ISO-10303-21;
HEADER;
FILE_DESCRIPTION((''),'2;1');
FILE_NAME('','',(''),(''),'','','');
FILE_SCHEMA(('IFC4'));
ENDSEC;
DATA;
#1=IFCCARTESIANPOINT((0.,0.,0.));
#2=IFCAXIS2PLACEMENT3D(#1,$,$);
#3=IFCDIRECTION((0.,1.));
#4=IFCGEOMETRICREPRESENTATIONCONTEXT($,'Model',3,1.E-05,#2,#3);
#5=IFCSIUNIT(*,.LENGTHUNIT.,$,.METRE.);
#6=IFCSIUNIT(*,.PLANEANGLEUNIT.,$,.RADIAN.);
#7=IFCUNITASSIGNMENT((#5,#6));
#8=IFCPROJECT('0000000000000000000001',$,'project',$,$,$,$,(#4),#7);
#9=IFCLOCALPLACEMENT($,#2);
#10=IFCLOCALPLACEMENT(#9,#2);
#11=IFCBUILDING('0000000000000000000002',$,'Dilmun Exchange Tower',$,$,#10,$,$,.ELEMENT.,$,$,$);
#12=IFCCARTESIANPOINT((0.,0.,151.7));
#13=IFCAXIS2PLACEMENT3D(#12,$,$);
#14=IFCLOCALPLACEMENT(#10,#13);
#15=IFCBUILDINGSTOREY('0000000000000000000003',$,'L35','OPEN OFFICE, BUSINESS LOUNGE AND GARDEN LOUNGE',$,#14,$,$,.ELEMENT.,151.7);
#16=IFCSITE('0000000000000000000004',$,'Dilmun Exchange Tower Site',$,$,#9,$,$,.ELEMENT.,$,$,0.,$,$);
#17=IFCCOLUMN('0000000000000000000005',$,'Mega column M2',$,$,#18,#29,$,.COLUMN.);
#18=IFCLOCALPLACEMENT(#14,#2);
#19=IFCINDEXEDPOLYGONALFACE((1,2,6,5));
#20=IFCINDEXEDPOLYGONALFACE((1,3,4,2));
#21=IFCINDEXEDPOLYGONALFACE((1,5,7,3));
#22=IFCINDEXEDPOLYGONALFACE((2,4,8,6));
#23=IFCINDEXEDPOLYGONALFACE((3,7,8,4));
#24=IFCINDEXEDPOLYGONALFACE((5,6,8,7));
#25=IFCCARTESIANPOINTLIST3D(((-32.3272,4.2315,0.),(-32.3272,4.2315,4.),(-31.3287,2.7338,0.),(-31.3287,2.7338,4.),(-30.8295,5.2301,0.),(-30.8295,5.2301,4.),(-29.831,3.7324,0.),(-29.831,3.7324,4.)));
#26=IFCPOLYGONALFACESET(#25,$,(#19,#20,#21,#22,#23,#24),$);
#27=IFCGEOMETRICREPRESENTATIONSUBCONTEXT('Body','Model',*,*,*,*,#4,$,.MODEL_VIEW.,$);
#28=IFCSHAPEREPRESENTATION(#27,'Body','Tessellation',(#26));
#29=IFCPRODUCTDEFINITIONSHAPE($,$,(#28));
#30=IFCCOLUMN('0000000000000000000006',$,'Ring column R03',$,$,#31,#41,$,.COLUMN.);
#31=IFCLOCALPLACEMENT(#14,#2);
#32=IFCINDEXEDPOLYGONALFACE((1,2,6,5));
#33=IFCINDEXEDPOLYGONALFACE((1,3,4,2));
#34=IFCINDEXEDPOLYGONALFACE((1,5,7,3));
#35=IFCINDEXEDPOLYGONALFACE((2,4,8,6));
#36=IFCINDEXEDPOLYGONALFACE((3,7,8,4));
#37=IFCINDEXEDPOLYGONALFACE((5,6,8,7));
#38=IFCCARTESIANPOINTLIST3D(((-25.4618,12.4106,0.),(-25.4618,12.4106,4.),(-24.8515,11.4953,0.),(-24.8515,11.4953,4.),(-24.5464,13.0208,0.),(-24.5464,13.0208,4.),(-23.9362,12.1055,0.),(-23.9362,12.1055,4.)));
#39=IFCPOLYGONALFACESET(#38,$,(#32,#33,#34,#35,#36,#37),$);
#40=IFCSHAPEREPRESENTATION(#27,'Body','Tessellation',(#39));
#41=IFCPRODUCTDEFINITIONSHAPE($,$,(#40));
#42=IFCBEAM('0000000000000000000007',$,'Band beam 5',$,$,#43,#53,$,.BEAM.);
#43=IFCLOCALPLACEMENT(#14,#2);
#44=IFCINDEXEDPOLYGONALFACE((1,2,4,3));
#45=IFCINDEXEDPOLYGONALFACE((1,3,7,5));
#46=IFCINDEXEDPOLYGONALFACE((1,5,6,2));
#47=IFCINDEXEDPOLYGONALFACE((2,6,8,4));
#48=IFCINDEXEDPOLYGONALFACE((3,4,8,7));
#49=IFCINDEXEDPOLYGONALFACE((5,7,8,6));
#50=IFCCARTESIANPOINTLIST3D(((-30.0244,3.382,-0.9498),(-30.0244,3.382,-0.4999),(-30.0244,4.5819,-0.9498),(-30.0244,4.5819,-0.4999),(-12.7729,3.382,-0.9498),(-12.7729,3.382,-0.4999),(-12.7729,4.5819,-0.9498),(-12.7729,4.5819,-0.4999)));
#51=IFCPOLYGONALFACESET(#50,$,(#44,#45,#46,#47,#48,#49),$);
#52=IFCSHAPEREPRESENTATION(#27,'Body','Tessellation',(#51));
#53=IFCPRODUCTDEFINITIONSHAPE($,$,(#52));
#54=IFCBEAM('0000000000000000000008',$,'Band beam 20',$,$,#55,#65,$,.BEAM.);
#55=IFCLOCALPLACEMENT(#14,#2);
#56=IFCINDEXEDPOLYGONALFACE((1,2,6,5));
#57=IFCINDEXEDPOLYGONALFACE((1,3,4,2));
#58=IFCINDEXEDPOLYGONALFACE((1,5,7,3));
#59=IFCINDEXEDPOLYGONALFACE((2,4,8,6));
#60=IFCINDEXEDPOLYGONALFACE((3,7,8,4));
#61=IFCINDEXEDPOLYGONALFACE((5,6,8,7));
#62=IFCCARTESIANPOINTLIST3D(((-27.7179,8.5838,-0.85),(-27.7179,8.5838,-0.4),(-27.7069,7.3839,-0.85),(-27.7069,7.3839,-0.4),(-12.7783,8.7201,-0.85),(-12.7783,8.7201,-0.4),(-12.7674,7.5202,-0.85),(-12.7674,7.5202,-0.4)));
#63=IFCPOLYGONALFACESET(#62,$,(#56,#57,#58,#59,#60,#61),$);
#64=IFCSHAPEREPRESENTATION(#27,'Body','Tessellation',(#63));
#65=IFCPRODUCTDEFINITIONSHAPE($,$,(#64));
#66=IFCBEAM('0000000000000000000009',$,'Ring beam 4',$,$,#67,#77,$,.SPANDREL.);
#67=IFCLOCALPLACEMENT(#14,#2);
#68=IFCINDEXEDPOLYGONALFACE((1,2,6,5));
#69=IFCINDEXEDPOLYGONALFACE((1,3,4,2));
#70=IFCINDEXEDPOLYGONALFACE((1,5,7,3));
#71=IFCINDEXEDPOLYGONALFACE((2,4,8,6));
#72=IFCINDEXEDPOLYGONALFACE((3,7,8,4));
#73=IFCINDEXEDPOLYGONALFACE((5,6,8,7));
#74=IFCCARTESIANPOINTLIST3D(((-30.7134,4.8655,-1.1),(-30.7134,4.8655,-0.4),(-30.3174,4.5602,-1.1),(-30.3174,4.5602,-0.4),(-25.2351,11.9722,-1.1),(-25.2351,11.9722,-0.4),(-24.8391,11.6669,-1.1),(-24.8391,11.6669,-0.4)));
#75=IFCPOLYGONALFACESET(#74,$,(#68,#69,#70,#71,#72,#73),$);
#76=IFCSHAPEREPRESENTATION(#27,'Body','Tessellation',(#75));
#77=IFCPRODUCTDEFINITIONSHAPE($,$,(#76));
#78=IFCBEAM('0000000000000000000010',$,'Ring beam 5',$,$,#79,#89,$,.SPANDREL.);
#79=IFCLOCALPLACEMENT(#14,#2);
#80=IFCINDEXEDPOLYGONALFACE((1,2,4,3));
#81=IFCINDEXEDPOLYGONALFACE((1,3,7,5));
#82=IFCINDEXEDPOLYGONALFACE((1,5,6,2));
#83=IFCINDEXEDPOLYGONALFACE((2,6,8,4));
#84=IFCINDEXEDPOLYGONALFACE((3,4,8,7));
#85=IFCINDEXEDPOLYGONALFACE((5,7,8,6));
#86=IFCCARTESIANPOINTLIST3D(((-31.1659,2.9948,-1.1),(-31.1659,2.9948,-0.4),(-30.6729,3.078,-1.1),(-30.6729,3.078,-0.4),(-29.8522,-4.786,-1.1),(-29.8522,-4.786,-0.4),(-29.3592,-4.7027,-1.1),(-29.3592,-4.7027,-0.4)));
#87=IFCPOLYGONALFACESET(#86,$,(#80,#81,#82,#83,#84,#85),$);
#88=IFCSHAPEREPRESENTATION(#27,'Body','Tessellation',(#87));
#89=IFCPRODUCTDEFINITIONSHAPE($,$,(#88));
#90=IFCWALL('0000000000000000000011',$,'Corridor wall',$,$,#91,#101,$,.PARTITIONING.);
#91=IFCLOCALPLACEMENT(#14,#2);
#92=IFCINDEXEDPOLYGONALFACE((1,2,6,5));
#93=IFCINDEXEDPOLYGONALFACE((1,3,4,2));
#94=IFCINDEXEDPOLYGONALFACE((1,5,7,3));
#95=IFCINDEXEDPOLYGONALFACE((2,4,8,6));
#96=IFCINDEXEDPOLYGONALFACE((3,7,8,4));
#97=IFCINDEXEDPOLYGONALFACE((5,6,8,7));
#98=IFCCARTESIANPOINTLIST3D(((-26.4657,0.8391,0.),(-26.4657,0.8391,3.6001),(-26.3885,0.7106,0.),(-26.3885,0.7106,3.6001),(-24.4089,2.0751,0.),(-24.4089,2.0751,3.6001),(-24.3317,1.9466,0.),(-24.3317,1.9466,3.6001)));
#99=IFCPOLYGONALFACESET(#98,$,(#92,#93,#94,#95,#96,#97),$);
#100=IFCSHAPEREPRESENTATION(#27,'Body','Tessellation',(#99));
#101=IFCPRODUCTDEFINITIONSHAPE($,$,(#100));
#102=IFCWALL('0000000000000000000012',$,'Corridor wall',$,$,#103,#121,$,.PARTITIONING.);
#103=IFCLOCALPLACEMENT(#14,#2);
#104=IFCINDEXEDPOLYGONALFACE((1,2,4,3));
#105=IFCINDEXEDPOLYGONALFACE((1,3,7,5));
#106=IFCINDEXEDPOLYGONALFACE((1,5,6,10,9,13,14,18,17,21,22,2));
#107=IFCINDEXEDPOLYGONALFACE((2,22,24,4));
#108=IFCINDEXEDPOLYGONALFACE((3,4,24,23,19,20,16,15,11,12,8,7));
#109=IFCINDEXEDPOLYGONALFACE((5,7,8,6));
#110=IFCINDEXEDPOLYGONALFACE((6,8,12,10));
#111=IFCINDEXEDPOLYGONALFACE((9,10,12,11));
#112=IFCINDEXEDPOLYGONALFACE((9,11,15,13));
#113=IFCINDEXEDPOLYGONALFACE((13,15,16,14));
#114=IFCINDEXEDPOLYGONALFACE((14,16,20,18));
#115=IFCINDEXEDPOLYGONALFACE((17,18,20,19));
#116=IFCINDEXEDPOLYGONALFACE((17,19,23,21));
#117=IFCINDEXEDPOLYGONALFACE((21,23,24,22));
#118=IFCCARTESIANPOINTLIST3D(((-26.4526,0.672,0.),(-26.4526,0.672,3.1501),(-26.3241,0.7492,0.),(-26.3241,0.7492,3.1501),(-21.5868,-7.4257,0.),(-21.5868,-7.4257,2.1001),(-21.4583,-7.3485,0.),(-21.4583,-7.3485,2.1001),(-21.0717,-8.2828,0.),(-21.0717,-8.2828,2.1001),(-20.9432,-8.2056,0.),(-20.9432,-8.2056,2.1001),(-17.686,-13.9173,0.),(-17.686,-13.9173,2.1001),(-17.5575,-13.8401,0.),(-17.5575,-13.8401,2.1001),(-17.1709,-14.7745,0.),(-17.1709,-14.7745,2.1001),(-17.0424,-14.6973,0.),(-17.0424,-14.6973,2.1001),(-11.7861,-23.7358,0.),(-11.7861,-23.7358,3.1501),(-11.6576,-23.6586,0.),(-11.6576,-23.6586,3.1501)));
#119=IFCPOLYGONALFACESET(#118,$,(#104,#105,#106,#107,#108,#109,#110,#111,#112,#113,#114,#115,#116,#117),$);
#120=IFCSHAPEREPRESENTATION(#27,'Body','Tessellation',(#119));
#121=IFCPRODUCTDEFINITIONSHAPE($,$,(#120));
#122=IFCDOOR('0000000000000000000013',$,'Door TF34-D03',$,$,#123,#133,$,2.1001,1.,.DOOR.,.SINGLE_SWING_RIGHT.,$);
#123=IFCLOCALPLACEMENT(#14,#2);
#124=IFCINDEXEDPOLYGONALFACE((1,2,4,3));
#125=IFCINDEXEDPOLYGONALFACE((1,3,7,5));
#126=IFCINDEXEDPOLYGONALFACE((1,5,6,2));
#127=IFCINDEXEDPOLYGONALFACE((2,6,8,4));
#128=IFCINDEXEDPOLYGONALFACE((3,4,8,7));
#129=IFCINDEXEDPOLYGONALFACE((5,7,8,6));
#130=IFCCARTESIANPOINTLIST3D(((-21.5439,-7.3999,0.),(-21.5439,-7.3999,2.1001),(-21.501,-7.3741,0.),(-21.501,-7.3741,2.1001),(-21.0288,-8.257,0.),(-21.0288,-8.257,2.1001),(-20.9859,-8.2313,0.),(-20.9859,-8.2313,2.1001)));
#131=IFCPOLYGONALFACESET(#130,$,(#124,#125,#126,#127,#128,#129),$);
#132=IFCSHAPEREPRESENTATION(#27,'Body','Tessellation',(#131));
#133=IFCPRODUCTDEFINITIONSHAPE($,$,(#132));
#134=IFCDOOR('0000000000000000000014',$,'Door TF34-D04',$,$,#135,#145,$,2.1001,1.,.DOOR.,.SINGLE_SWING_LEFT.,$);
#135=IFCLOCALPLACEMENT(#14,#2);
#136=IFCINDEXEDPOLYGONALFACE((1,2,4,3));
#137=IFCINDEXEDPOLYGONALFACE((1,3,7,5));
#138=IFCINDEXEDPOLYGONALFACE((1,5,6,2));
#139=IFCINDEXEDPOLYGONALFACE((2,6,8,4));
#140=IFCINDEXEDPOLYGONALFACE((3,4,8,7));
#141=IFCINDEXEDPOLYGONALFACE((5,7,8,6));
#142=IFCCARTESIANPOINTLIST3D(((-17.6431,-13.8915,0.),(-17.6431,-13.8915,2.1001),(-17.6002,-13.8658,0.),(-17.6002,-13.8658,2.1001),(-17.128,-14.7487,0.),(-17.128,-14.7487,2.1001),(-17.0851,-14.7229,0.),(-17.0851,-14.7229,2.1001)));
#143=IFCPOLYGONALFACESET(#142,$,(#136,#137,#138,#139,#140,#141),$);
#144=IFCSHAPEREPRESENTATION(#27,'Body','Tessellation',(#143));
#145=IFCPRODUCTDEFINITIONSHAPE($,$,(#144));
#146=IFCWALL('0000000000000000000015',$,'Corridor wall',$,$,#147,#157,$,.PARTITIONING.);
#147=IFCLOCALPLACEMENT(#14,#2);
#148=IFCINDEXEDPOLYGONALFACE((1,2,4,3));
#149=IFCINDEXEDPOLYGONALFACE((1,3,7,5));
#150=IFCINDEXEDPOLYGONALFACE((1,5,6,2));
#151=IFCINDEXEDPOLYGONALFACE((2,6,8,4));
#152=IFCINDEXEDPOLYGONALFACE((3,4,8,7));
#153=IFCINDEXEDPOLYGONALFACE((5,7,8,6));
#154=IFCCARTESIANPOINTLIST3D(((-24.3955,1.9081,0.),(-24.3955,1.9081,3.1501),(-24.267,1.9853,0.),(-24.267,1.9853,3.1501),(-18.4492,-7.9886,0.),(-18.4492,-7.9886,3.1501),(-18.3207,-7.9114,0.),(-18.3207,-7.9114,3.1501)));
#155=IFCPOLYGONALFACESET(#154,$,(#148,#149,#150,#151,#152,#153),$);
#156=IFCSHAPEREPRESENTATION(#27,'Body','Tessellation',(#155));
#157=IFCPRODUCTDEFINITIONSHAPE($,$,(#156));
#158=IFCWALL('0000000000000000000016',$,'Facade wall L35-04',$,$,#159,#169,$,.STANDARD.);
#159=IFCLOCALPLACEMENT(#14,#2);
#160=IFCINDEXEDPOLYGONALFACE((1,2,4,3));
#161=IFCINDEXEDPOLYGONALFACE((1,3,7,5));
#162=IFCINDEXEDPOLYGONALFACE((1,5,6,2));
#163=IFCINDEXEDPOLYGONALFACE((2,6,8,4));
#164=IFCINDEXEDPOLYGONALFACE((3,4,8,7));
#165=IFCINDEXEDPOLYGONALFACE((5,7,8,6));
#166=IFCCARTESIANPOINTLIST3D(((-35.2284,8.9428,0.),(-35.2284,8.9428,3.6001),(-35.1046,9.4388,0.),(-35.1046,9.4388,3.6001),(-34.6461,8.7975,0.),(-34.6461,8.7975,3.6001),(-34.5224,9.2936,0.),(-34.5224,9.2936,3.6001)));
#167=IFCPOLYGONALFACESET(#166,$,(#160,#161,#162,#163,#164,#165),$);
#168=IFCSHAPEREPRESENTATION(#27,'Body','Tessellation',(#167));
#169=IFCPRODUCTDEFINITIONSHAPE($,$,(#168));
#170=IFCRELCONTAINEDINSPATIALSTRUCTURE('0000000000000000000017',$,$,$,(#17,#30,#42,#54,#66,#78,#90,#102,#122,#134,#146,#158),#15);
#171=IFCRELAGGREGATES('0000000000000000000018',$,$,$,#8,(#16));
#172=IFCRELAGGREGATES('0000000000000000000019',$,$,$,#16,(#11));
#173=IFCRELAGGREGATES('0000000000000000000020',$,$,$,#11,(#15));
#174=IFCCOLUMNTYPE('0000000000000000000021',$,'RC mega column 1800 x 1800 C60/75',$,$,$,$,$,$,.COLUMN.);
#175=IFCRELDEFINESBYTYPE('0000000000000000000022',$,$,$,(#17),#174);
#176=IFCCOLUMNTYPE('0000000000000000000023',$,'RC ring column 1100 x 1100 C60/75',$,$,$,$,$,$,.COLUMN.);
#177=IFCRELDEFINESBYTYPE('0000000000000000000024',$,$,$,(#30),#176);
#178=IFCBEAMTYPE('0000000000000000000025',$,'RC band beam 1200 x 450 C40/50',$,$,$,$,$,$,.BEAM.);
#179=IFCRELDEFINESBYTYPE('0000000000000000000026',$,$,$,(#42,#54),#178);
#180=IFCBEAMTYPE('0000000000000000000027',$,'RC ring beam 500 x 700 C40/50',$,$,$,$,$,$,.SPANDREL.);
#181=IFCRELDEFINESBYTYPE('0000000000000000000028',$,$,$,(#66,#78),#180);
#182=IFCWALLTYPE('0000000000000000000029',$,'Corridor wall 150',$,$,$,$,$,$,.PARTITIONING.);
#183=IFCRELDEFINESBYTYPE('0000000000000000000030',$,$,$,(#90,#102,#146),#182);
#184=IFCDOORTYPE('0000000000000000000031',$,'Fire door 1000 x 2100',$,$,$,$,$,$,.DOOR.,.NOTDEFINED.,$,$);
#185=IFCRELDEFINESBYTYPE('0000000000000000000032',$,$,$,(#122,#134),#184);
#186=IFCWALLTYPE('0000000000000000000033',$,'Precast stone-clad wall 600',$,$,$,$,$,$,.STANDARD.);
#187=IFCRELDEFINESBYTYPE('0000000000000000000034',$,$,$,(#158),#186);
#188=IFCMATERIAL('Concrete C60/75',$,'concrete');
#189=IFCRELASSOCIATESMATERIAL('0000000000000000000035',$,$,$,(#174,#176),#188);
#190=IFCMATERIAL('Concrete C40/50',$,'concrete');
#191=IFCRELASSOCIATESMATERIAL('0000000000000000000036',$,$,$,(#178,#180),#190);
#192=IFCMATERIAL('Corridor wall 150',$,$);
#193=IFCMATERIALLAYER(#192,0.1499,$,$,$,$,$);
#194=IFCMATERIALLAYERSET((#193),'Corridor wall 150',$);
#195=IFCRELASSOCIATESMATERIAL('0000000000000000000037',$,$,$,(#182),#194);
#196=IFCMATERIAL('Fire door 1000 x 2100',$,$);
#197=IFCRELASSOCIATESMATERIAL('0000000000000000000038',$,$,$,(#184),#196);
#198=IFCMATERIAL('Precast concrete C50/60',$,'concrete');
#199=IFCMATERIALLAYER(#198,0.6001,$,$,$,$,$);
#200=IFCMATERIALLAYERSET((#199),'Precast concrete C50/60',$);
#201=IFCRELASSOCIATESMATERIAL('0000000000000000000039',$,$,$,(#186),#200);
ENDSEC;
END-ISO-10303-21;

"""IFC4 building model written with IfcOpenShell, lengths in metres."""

from ifc_helpers import new_model, si_unit, direction, frame, frame_2d, origin, origin_2d, place, context, subcontext, project, spatial, rectangle, extrude, material, layer, layer_set, material_profile, profile_set, type_object, element, fill, save


model = new_model("IFC4")

# Units and contexts
model_context = context("Model", 3, precision=1e-05, world=origin(), true_north=direction((0.0, 1.0)))
body_context = subcontext(model_context, "Body", "Model", "MODEL_VIEW")
ifc_project = project(units=[si_unit("LENGTHUNIT", "METRE"), si_unit("PLANEANGLEUNIT", "RADIAN")], contexts=[model_context])

# Site, building, storey
site_placement = place(None, origin())
site = spatial("IfcSite", under=ifc_project, at=site_placement, Name="Dilmun Exchange Tower Site", CompositionType="ELEMENT", RefElevation=0.0)
building_placement = place(site_placement, origin())
building = spatial("IfcBuilding", under=site, at=building_placement, Name="Dilmun Exchange Tower", CompositionType="ELEMENT")
storey_placement = place(building_placement, frame((0.0, 0.0, 151.7)))
storey = spatial("IfcBuildingStorey", under=building, at=storey_placement, Name="L35", Description="OPEN OFFICE, BUSINESS LOUNGE AND GARDEN LOUNGE", CompositionType="ELEMENT", Elevation=151.7)

# Columns
ifc_material_1 = material(Name="Concrete C60/75", Category="concrete")
ifc_material_profile_1 = material_profile(ifc_material_1, rectangle(XDim=1.8, YDim=1.8, at=origin_2d()), Name="1800 x 1800")
ifc_profile_set_1 = profile_set([ifc_material_profile_1], Name="Concrete C60/75")
column_type_1 = type_object("IfcColumnType", Name="RC mega column 1800 x 1800 C60/75", PredefinedType="COLUMN", material=ifc_profile_set_1)
column_1_placement = place(storey_placement, frame((-31.0791, 3.9819, 0.0), z_axis=(0.0, 0.0, 1.0), x_axis=(0.832029, 0.554733, 0.0)))
element("IfcColumn", 1, at=column_1_placement, inside=storey, type_object=column_type_1, Name="Mega column M2", PredefinedType="COLUMN", context=body_context, shape_type="SweptSolid", body=[
    extrude(rectangle(XDim=1.8, YDim=1.8, at=origin_2d()), origin(), (0.0, 0.0, 1.0), 4.0),
])
ifc_material_profile_2 = material_profile(ifc_material_1, rectangle(XDim=1.1001, YDim=1.1001, at=origin_2d()), Name="1100 x 1100")
ifc_profile_set_2 = profile_set([ifc_material_profile_2], Name="Concrete C60/75")
column_type_2 = type_object("IfcColumnType", Name="RC ring column 1100 x 1100 C60/75", PredefinedType="COLUMN", material=ifc_profile_set_2)
column_2_placement = place(storey_placement, frame((-24.699, 12.2581, 0.0), z_axis=(0.0, 0.0, 1.0), x_axis=(0.832029, 0.554733, 0.0)))
element("IfcColumn", 2, at=column_2_placement, inside=storey, type_object=column_type_2, Name="Ring column R03", PredefinedType="COLUMN", context=body_context, shape_type="SweptSolid", body=[
    extrude(rectangle(XDim=1.1001, YDim=1.1001, at=origin_2d()), origin(), (0.0, 0.0, 1.0), 4.0),
])

# Beams
ifc_material_2 = material(Name="Concrete C40/50", Category="concrete")
ifc_material_profile_3 = material_profile(ifc_material_2, rectangle(XDim=1.2, YDim=0.45, at=origin_2d()), Name="1200 x 450")
ifc_profile_set_3 = profile_set([ifc_material_profile_3], Name="Concrete C40/50")
beam_type_1 = type_object("IfcBeamType", Name="RC band beam 1200 x 450 C40/50", PredefinedType="BEAM", material=ifc_profile_set_3)
beam_1_placement = place(storey_placement, frame((-30.0244, 3.9819, -0.7249), z_axis=(1.0, 0.0, 0.0), x_axis=(0.0, 1.0, 0.0)))
element("IfcBeam", 3, at=beam_1_placement, inside=storey, type_object=beam_type_1, Name="Band beam 5", PredefinedType="BEAM", context=body_context, shape_type="SweptSolid", body=[
    extrude(rectangle(XDim=1.2, YDim=0.45, at=origin_2d()), origin(), (0.0, 0.0, 1.0), 17.2515),
])
beam_2_placement = place(storey_placement, frame((-27.7124, 7.9839, -0.625), z_axis=(0.999958, 0.009118, 0.0), x_axis=(-0.009118, 0.999958, 0.0)))
element("IfcBeam", 4, at=beam_2_placement, inside=storey, type_object=beam_type_1, Name="Band beam 20", PredefinedType="BEAM", context=body_context, shape_type="SweptSolid", body=[
    extrude(rectangle(XDim=1.2, YDim=0.45, at=origin_2d()), origin(), (0.0, 0.0, 1.0), 14.9402),
])
ifc_material_profile_4 = material_profile(ifc_material_2, rectangle(XDim=0.5, YDim=0.7, at=origin_2d()), Name="500 x 700")
ifc_profile_set_4 = profile_set([ifc_material_profile_4], Name="Concrete C40/50")
beam_type_2 = type_object("IfcBeamType", Name="RC ring beam 500 x 700 C40/50", PredefinedType="SPANDREL", material=ifc_profile_set_4)
beam_3_placement = place(storey_placement, frame((-25.0371, 11.8196, -0.75), z_axis=(-0.610522, -0.792, 0.0), x_axis=(0.792, -0.610522, 0.0)))
element("IfcBeam", 5, at=beam_3_placement, inside=storey, type_object=beam_type_2, Name="Ring beam 4", PredefinedType="SPANDREL", context=body_context, shape_type="SweptSolid", body=[
    extrude(rectangle(XDim=0.5, YDim=0.7, at=origin_2d()), origin(), (0.0, 0.0, 1.0), 8.9731),
])
beam_4_placement = place(storey_placement, frame((-30.9194, 3.0364, -0.75), z_axis=(0.166486, -0.986044, 0.0), x_axis=(0.986044, 0.166486, 0.0)))
element("IfcBeam", 6, at=beam_4_placement, inside=storey, type_object=beam_type_2, Name="Ring beam 5", PredefinedType="SPANDREL", context=body_context, shape_type="SweptSolid", body=[
    extrude(rectangle(XDim=0.5, YDim=0.7, at=origin_2d()), origin(), (0.0, 0.0, 1.0), 7.8909),
])

# Wall
ifc_material_3 = material(Name="Corridor wall 150")
ifc_layer_1 = layer(ifc_material_3, 0.1499)
ifc_layer_set_1 = layer_set([ifc_layer_1], Name="Corridor wall 150")
wall_type_1 = type_object("IfcWallType", Name="Corridor wall 150", PredefinedType="PARTITIONING", material=ifc_layer_set_1)
wall_1_placement = place(storey_placement, frame((-26.427, 0.7749, 0.0), z_axis=(0.0, 0.0, 1.0), x_axis=(0.857134, 0.515094, 0.0)))
element("IfcWall", 7, at=wall_1_placement, inside=storey, type_object=wall_type_1, Name="Corridor wall", PredefinedType="PARTITIONING", context=body_context, shape_type="SweptSolid", body=[
    extrude(rectangle(XDim=2.3997, YDim=0.1499, at=frame_2d((1.1997, 0.0))), origin(), (0.0, 0.0, 1.0), 3.6001),
])

# Wall, openings, doors
wall_2_placement = place(storey_placement, frame((-26.3884, 0.7107, 0.0), z_axis=(0.0, 0.0, 1.0), x_axis=(0.515061, -0.857154, 0.0)))
wall_2 = element("IfcWall", 8, at=wall_2_placement, inside=storey, type_object=wall_type_1, Name="Corridor wall", PredefinedType="PARTITIONING", context=body_context, shape_type="SweptSolid", body=[
    extrude(rectangle(XDim=28.4753, YDim=0.1499, at=frame_2d((14.2378, 0.0))), origin(), (0.0, 0.0, 1.0), 3.1501),
])
opening_1_placement = place(wall_2_placement, frame((9.4473, 0.0, 0.0)))
opening_1 = element("IfcOpeningElement", 9, at=opening_1_placement, cuts=wall_2, PredefinedType="OPENING", context=body_context, shape_type="SweptSolid", body=[
    extrude(rectangle(XDim=1.0, YDim=2.1001, at=frame_2d((0.5, 1.05))), frame((0.0, 0.085, 0.0), z_axis=(0.0, -1.0, 0.0), x_axis=(1.0, 0.0, 0.0)), (0.0, 0.0, 1.0), 0.1699),
])
opening_2_placement = place(wall_2_placement, frame((17.0208, 0.0, 0.0)))
opening_2 = element("IfcOpeningElement", 10, at=opening_2_placement, cuts=wall_2, PredefinedType="OPENING", context=body_context, shape_type="SweptSolid", body=[
    extrude(rectangle(XDim=1.0, YDim=2.1001, at=frame_2d((0.5, 1.05))), frame((0.0, 0.085, 0.0), z_axis=(0.0, -1.0, 0.0), x_axis=(1.0, 0.0, 0.0)), (0.0, 0.0, 1.0), 0.1699),
])
ifc_material_4 = material(Name="Fire door 1000 x 2100")
door_type = type_object("IfcDoorType", Name="Fire door 1000 x 2100", OperationType="NOTDEFINED", PredefinedType="DOOR", material=ifc_material_4)
door_1_placement = place(opening_1_placement, frame((1.0, 0.0, 0.0), z_axis=(0.0, 0.0, 1.0), x_axis=(-1.0, 0.0, 0.0)))
door_1 = element("IfcDoor", 11, at=door_1_placement, inside=storey, type_object=door_type, Name="Door TF34-D03", OperationType="SINGLE_SWING_RIGHT", OverallHeight=2.1001, OverallWidth=1.0, PredefinedType="DOOR", context=body_context, shape_type="SweptSolid", body=[
    extrude(rectangle(XDim=1.0, YDim=2.1001, at=frame_2d((0.5, 1.05))), frame((0.0, 0.0249, 0.0), z_axis=(0.0, -1.0, 0.0), x_axis=(1.0, 0.0, 0.0)), (0.0, 0.0, 1.0), 0.05),
])
fill(opening_1, door_1)
door_2_placement = place(opening_2_placement, frame((1.0, 0.0, 0.0), z_axis=(0.0, 0.0, 1.0), x_axis=(-1.0, 0.0, 0.0)))
door_2 = element("IfcDoor", 12, at=door_2_placement, inside=storey, type_object=door_type, Name="Door TF34-D04", OperationType="SINGLE_SWING_LEFT", OverallHeight=2.1001, OverallWidth=1.0, PredefinedType="DOOR", context=body_context, shape_type="SweptSolid", body=[
    extrude(rectangle(XDim=1.0, YDim=2.1001, at=frame_2d((0.5, 1.05))), frame((0.0, 0.0249, 0.0), z_axis=(0.0, -1.0, 0.0), x_axis=(1.0, 0.0, 0.0)), (0.0, 0.0, 1.0), 0.05),
])
fill(opening_2, door_2)

# Walls
wall_3_placement = place(storey_placement, frame((-24.3313, 1.9468, 0.0), z_axis=(0.0, 0.0, 1.0), x_axis=(0.515021, -0.857177, 0.0)))
element("IfcWall", 13, at=wall_3_placement, inside=storey, type_object=wall_type_1, Name="Corridor wall", PredefinedType="PARTITIONING", context=body_context, shape_type="SweptSolid", body=[
    extrude(rectangle(XDim=11.5457, YDim=0.1499, at=frame_2d((5.7729, 0.0))), origin(), (0.0, 0.0, 1.0), 3.1501),
])
ifc_material_5 = material(Name="Precast concrete C50/60", Category="concrete")
ifc_layer_2 = layer(ifc_material_5, 0.6001)
ifc_layer_set_2 = layer_set([ifc_layer_2], Name="Precast concrete C50/60")
wall_type_2 = type_object("IfcWallType", Name="Precast stone-clad wall 600", PredefinedType="STANDARD", material=ifc_layer_set_2)
wall_4_placement = place(storey_placement, frame((-34.8135, 9.3662, 0.0), z_axis=(0.0, 0.0, 1.0), x_axis=(-0.242086, -0.970255, 0.0)))
element("IfcWall", 14, at=wall_4_placement, inside=storey, type_object=wall_type_2, Name="Facade wall L35-04", PredefinedType="STANDARD", context=body_context, shape_type="SweptSolid", body=[
    extrude(rectangle(XDim=0.5112, YDim=0.6001, at=frame_2d((0.2556, 0.0))), origin(), (0.0, 0.0, 1.0), 3.6001),
])

save(model, "model.ifc")
